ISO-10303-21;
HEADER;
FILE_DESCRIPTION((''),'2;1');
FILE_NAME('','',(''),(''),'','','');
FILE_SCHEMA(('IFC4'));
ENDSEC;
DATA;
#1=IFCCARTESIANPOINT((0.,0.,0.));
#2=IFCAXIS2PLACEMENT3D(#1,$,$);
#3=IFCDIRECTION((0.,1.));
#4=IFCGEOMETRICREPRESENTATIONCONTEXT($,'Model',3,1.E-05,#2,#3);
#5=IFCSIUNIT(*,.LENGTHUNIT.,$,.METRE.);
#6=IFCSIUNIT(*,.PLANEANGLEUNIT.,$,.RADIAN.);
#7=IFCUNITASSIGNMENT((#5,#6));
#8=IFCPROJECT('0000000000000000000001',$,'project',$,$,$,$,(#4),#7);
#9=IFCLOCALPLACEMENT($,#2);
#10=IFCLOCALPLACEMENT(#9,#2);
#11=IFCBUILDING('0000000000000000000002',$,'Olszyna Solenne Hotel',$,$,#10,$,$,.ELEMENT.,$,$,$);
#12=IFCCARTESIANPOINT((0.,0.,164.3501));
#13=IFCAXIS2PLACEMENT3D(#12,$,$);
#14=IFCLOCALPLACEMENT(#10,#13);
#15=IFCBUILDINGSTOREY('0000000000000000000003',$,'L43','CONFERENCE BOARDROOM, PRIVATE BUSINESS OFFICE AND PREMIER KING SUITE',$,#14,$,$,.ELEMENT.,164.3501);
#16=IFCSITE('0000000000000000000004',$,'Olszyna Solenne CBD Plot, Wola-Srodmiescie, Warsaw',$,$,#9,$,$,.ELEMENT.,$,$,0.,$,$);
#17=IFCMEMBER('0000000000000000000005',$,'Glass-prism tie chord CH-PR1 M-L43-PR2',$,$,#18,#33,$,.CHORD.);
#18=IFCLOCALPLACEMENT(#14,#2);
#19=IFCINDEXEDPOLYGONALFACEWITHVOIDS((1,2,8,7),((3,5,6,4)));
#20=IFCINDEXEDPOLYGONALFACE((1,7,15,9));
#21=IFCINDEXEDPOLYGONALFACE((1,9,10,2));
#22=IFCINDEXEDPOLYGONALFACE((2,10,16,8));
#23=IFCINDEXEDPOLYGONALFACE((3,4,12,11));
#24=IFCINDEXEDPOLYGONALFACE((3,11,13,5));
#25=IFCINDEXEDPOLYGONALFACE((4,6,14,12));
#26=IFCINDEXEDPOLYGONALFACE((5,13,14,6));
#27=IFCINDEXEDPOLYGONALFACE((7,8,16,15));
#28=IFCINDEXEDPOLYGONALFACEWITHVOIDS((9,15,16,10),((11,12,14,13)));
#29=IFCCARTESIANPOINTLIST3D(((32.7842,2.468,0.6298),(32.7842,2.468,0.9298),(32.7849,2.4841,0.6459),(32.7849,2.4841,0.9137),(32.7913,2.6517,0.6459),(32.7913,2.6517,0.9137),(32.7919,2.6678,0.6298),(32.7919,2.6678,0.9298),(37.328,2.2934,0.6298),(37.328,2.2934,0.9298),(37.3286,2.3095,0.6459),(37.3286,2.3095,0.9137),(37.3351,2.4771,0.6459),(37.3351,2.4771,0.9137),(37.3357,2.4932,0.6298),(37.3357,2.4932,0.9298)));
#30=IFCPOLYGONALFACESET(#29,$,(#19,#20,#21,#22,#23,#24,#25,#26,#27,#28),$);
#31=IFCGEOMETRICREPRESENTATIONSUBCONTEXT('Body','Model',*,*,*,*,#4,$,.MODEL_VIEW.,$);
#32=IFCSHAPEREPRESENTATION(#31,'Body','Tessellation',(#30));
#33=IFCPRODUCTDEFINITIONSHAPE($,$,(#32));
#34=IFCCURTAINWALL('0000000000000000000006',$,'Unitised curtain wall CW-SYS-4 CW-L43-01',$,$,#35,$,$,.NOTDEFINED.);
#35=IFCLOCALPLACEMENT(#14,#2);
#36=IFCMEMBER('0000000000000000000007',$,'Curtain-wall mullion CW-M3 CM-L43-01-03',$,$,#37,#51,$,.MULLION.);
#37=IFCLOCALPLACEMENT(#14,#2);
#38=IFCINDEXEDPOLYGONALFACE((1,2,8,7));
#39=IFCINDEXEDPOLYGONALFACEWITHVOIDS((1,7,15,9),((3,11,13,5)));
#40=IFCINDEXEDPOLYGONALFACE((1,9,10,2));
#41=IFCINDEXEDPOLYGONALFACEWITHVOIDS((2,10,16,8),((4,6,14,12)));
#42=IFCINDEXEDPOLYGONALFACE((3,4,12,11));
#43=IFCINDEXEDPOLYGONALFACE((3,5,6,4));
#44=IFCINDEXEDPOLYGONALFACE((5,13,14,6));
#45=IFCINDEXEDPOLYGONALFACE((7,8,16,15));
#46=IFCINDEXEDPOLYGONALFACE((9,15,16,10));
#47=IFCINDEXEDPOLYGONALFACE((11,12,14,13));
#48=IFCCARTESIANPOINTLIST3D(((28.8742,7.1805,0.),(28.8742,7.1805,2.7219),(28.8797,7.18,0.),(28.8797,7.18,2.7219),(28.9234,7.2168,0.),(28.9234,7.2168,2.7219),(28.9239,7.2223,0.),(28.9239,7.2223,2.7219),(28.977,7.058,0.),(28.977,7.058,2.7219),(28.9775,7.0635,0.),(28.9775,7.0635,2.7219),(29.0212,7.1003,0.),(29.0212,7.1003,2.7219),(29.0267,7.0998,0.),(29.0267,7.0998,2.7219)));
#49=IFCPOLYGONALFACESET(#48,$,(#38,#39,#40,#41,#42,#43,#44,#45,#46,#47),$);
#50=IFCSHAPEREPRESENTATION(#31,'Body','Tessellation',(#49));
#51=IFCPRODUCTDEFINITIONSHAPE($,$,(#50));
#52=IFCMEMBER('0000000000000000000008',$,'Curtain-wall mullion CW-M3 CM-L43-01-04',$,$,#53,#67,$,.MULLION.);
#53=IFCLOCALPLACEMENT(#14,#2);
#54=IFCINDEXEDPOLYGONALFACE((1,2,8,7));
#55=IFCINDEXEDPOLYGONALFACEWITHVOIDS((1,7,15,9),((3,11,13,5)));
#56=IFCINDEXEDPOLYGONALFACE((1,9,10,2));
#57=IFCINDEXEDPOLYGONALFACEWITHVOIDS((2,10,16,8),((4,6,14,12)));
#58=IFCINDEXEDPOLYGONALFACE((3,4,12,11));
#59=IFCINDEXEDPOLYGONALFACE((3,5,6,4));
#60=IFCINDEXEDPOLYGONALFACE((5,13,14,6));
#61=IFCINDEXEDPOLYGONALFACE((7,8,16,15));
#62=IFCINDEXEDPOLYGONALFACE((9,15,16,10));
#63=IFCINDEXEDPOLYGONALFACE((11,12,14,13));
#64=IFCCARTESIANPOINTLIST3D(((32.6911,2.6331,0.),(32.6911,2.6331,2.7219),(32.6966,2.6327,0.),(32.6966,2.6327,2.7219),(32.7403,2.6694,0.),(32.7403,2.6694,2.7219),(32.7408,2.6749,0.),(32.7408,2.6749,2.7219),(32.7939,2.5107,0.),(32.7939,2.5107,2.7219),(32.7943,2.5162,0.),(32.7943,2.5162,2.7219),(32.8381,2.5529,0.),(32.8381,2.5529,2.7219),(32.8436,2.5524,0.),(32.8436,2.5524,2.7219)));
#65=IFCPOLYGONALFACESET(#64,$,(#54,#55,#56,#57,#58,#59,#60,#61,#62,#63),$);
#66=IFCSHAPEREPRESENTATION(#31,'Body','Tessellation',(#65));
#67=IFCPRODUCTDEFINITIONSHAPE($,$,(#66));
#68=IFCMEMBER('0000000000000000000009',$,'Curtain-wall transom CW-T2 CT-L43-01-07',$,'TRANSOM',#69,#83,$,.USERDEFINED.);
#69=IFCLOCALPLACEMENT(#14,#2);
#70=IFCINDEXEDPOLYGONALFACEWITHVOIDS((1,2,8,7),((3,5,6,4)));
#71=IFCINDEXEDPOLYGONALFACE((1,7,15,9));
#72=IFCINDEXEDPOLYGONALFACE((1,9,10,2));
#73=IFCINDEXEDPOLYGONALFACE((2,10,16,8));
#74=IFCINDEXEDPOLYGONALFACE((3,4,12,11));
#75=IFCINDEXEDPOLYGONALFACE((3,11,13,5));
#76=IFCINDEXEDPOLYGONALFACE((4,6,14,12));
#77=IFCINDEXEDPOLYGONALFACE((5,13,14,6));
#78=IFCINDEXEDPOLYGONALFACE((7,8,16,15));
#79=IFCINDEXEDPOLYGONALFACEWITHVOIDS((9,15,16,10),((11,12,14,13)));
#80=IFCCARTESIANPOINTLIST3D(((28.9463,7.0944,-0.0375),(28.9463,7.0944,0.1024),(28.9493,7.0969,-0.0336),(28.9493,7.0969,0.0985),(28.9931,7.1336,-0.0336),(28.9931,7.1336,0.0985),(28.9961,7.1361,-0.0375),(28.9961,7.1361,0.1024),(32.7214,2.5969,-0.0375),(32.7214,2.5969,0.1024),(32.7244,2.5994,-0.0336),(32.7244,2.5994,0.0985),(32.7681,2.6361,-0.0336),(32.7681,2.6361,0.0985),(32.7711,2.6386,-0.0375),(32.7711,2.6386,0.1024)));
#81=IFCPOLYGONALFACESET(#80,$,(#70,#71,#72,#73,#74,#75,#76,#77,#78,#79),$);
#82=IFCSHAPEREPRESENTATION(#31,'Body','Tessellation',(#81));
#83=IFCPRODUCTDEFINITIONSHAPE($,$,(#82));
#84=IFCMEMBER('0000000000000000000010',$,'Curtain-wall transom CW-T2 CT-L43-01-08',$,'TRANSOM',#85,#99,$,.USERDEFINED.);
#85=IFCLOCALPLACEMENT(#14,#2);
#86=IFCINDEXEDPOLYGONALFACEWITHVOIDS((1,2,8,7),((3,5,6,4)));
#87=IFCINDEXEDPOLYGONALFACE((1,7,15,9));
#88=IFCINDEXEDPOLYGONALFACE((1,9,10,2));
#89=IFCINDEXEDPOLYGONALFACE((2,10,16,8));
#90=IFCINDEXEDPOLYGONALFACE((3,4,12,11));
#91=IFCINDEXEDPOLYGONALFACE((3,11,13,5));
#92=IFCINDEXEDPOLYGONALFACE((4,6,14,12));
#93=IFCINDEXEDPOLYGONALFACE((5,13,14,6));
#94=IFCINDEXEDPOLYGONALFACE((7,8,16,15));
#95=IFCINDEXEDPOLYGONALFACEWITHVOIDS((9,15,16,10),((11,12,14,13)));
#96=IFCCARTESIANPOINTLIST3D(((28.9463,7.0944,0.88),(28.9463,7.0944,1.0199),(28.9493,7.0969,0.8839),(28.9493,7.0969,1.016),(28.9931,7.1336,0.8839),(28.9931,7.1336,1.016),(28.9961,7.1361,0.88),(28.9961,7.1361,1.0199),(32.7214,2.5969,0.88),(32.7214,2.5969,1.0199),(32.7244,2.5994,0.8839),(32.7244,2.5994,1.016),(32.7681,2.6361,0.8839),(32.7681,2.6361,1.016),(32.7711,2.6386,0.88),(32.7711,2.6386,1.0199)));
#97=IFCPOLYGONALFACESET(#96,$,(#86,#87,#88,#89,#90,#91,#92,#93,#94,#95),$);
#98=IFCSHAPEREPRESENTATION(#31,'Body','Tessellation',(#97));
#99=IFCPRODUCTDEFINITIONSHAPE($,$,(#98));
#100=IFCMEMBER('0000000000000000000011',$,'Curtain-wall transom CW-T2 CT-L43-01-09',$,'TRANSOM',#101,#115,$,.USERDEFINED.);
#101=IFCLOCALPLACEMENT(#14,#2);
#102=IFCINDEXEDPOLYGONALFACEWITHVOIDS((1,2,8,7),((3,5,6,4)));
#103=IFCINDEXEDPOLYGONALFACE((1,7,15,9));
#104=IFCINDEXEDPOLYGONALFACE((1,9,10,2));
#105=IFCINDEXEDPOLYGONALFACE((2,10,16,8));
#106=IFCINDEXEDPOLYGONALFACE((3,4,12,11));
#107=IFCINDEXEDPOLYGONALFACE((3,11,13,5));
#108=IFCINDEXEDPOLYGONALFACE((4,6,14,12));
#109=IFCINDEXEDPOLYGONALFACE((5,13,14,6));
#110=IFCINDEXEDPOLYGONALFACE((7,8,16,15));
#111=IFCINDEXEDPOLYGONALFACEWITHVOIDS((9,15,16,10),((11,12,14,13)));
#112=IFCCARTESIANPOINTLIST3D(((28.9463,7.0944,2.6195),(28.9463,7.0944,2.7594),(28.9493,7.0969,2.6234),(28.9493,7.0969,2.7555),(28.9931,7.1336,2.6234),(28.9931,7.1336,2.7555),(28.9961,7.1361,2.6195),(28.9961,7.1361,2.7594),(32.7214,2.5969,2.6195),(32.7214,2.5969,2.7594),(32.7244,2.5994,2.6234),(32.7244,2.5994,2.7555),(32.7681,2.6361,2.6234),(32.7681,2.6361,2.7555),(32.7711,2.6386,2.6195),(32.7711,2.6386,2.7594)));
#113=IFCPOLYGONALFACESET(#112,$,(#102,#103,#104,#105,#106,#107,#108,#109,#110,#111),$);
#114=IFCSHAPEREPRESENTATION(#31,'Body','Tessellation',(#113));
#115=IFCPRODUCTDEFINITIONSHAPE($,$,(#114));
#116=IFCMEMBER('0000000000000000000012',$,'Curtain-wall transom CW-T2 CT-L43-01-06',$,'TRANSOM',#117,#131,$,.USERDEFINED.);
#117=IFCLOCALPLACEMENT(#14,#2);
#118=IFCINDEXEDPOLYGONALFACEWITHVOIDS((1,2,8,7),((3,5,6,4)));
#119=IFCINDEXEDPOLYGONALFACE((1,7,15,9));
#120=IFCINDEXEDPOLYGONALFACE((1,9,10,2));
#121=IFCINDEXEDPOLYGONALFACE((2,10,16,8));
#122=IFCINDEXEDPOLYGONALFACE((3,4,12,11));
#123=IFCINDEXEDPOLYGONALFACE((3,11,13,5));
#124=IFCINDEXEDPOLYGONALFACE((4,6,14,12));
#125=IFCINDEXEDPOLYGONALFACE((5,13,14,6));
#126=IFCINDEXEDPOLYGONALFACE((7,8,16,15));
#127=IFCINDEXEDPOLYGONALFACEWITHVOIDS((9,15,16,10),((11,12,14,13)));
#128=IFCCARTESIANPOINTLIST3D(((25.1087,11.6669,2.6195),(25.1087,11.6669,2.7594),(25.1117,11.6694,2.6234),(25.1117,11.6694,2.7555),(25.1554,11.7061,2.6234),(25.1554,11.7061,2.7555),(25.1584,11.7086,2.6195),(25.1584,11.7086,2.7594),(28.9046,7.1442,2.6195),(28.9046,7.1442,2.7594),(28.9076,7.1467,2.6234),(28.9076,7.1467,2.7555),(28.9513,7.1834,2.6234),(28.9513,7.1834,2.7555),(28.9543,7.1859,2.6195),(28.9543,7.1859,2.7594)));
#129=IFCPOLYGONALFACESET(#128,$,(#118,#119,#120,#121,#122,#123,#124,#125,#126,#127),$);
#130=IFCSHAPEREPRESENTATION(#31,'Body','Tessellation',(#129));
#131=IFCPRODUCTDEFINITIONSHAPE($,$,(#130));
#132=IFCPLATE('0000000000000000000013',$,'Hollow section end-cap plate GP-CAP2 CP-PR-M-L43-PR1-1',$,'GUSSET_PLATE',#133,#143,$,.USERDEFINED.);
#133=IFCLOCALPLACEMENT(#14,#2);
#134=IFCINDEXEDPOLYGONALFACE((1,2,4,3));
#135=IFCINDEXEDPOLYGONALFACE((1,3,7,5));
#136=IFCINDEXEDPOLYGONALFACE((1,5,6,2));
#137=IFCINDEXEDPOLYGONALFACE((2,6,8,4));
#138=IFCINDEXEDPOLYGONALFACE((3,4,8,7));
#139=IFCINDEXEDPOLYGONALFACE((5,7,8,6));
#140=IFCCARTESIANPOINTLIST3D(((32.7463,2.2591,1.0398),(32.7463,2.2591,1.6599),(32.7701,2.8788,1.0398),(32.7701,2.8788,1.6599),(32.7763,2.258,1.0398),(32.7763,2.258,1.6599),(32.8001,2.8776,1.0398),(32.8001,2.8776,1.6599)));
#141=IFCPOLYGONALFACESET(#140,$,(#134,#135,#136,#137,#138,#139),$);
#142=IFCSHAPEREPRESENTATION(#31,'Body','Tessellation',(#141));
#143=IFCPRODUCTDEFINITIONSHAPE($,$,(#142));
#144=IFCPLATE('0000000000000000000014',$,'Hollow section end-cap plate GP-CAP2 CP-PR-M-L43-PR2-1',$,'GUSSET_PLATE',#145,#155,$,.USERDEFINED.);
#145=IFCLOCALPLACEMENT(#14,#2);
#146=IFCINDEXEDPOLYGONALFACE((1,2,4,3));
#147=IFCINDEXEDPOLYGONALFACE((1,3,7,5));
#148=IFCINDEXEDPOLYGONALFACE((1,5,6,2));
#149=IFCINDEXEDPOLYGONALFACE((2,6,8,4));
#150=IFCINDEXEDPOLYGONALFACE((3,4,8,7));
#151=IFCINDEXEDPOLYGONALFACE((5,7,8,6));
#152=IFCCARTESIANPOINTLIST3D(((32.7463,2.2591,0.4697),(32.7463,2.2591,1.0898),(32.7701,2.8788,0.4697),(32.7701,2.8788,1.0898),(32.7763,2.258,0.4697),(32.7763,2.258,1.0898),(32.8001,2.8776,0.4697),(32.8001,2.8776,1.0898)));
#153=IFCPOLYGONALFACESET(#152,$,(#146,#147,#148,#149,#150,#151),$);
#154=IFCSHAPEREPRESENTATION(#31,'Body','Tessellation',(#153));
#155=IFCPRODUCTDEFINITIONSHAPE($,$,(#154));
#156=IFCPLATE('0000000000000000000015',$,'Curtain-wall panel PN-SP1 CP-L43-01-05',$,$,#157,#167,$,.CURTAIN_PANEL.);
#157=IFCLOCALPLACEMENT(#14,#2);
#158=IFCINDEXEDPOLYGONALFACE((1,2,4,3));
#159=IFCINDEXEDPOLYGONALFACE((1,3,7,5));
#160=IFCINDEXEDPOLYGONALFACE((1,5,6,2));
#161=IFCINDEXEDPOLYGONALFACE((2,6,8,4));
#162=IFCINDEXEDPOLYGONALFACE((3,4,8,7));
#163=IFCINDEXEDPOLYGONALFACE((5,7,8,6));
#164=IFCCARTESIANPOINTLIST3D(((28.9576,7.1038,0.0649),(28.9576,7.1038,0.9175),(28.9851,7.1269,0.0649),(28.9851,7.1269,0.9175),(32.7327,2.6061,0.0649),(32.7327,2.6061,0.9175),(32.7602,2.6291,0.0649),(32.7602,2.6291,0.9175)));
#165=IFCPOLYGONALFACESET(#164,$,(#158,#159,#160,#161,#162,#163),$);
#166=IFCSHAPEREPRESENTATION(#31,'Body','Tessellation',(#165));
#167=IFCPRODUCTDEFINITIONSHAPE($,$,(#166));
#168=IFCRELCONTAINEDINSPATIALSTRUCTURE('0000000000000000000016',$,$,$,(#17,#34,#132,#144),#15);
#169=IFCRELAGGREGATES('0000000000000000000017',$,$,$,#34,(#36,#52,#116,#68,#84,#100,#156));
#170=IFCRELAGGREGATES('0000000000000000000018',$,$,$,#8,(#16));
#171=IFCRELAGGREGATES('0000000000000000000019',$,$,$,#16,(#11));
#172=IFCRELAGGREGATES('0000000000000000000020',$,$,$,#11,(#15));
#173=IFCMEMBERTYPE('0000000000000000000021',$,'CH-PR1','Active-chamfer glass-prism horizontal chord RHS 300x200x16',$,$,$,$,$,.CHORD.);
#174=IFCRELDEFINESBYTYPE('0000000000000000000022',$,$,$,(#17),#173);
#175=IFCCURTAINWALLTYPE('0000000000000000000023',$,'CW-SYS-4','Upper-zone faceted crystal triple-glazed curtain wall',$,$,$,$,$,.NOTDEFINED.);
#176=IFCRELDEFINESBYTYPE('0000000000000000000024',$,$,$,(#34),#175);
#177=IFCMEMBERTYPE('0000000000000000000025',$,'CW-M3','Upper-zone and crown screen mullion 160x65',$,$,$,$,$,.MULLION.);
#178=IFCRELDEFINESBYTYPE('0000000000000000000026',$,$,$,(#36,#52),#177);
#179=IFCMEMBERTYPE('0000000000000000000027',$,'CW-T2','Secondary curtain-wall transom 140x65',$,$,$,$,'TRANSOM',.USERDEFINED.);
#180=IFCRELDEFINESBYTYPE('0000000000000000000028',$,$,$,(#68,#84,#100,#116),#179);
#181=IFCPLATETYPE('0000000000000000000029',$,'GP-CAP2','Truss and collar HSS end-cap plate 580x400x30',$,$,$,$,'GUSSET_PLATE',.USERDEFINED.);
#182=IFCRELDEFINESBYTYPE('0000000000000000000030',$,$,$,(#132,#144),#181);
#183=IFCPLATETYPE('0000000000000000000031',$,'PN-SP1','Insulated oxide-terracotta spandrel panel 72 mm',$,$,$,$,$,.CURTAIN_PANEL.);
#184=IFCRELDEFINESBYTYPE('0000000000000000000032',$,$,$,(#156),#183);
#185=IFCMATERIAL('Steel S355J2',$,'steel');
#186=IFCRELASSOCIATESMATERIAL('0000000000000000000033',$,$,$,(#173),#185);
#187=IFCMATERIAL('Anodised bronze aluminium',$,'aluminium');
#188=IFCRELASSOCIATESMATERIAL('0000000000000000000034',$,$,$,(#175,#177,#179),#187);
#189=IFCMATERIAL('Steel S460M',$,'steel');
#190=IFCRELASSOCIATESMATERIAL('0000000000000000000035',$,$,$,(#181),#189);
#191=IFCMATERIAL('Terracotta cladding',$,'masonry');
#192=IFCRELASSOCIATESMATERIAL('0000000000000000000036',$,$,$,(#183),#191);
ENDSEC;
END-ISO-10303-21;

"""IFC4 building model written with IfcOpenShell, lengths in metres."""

from ifc_helpers import new_model, si_unit, direction, frame, origin, origin_2d, place, context, subcontext, project, spatial, rectangle, hollow_rectangle, extrude, source, transform, mapped, material, material_profile, profile_set, type_object, element, aggregate, save


model = new_model("IFC4")

# Units and contexts
model_context = context("Model", 3, precision=1e-05, world=origin(), true_north=direction((0.0, 1.0)))
body_context = subcontext(model_context, "Body", "Model", "MODEL_VIEW")
ifc_project = project(units=[si_unit("LENGTHUNIT", "METRE"), si_unit("PLANEANGLEUNIT", "RADIAN")], contexts=[model_context])

# Site, building, storey
site_placement = place(None, origin())
site = spatial("IfcSite", under=ifc_project, at=site_placement, Name="Olszyna Solenne CBD Plot, Wola-Srodmiescie, Warsaw", CompositionType="ELEMENT", RefElevation=0.0)
building_placement = place(site_placement, origin())
building = spatial("IfcBuilding", under=site, at=building_placement, Name="Olszyna Solenne Hotel", CompositionType="ELEMENT")
storey_placement = place(building_placement, frame((0.0, 0.0, 164.3501)))
storey = spatial("IfcBuildingStorey", under=building, at=storey_placement, Name="L43", Description="CONFERENCE BOARDROOM, PRIVATE BUSINESS OFFICE AND PREMIER KING SUITE", CompositionType="ELEMENT", Elevation=164.3501)

# Shared definitions
ifc_material_1 = material(Name="Steel S460M", Category="steel")

# Shared definitions
ifc_material_2 = material(Name="Steel S355J2", Category="steel")

# Member
ifc_material_profile_1 = material_profile(ifc_material_2, hollow_rectangle(XDim=0.2, YDim=0.3, WallThickness=0.0161, at=origin_2d()), Name="RHS 300x200x16", Category="load-bearing")
ifc_profile_set_1 = profile_set([ifc_material_profile_1], Name="Steel S355J2")
member_type_1 = type_object("IfcMemberType", Name="CH-PR1", Description="Active-chamfer glass-prism horizontal chord RHS 300x200x16", PredefinedType="CHORD", material=ifc_profile_set_1)
shared_shape_1 = source(origin(), body_context, "Body", "SweptSolid", [
    extrude(hollow_rectangle(XDim=0.2, YDim=0.3, WallThickness=0.0161, at=origin_2d()), origin(), (0.0, 0.0, 1.0), 4.5471),
])
for number, where, z_axis, x_axis, name in (
    (1, (32.7881, 2.5679, 0.7798), (0.999263, -0.03839, 0.0), (0.03839, 0.999263, 0.0), "Glass-prism tie chord CH-PR1 M-L43-PR2"),
):
    element("IfcMember", number, at=place(storey_placement, frame(where, z_axis=z_axis, x_axis=x_axis)), inside=storey, type_object=member_type_1, Name=name, PredefinedType="CHORD", context=body_context, shape_type="MappedRepresentation", body=[
        mapped(shared_shape_1, transform((0.0, 0.0, 0.0), x_axis=(1.0, 0.0, 0.0), y_axis=(0.0, 1.0, 0.0), z_axis=(0.0, 0.0, 1.0), scale=1.0)),
    ])

# Curtain wall, members
ifc_material_3 = material(Name="Anodised bronze aluminium", Category="aluminium")
curtain_wall_type = type_object("IfcCurtainWallType", Name="CW-SYS-4", Description="Upper-zone faceted crystal triple-glazed curtain wall", PredefinedType="NOTDEFINED", material=ifc_material_3)
curtain_wall_placement = place(storey_placement, origin())
curtain_wall = element("IfcCurtainWall", 2, at=curtain_wall_placement, inside=storey, type_object=curtain_wall_type, Name="Unitised curtain wall CW-SYS-4 CW-L43-01", PredefinedType="NOTDEFINED")
ifc_material_profile_2 = material_profile(ifc_material_3, hollow_rectangle(XDim=0.0649, YDim=0.1599, WallThickness=0.0039, at=origin_2d()), Name="MULL 160x65x4", Category="load-bearing")
ifc_profile_set_2 = profile_set([ifc_material_profile_2], Name="Anodised bronze aluminium")
member_type_2 = type_object("IfcMemberType", Name="CW-M3", Description="Upper-zone and crown screen mullion 160x65", PredefinedType="MULLION", material=ifc_profile_set_2)
shared_shape_2 = source(origin(), body_context, "Body", "SweptSolid", [
    extrude(hollow_rectangle(XDim=0.0649, YDim=0.1599, WallThickness=0.0039, at=origin_2d()), origin(), (0.0, 0.0, 1.0), 2.7219),
])
member_1_placement = place(storey_placement, frame((28.9504, 7.1401, 0.0), z_axis=(0.0, 0.0, 1.0), x_axis=(0.765951, 0.642899, 0.0)))
member_1 = element("IfcMember", 3, at=member_1_placement, type_object=member_type_2, Name="Curtain-wall mullion CW-M3 CM-L43-01-03", PredefinedType="MULLION", context=body_context, shape_type="MappedRepresentation", body=[
    mapped(shared_shape_2, transform((0.0, 0.0, 0.0), x_axis=(1.0, 0.0, 0.0), y_axis=(0.0, 1.0, 0.0), z_axis=(0.0, 0.0, 1.0), scale=1.0)),
])
member_2_placement = place(storey_placement, frame((32.7673, 2.5928, 0.0), z_axis=(0.0, 0.0, 1.0), x_axis=(0.765951, 0.642899, 0.0)))
member_2 = element("IfcMember", 4, at=member_2_placement, type_object=member_type_2, Name="Curtain-wall mullion CW-M3 CM-L43-01-04", PredefinedType="MULLION", context=body_context, shape_type="MappedRepresentation", body=[
    mapped(shared_shape_2, transform((0.0, 0.0, 0.0), x_axis=(1.0, 0.0, 0.0), y_axis=(0.0, 1.0, 0.0), z_axis=(0.0, 0.0, 1.0), scale=1.0)),
])
ifc_material_profile_3 = material_profile(ifc_material_3, hollow_rectangle(XDim=0.0649, YDim=0.1399, WallThickness=0.0039, at=origin_2d()), Name="TRAN 140x65x4", Category="load-bearing")
ifc_profile_set_3 = profile_set([ifc_material_profile_3], Name="Anodised bronze aluminium")
member_type_3 = type_object("IfcMemberType", Name="CW-T2", Description="Secondary curtain-wall transom 140x65", ElementType="TRANSOM", PredefinedType="USERDEFINED", material=ifc_profile_set_3)
shared_shape_3 = source(origin(), body_context, "Body", "SweptSolid", [
    extrude(hollow_rectangle(XDim=0.0649, YDim=0.1399, WallThickness=0.0039, at=origin_2d()), origin(), (0.0, 0.0, 1.0), 5.8718),
])
member_3_placement = place(storey_placement, frame((28.9712, 7.1152, 0.0325), z_axis=(0.642912, -0.76594, 0.0), x_axis=(0.76594, 0.642912, 0.0)))
member_3 = element("IfcMember", 5, at=member_3_placement, type_object=member_type_3, Name="Curtain-wall transom CW-T2 CT-L43-01-07", ObjectType="TRANSOM", PredefinedType="USERDEFINED", context=body_context, shape_type="MappedRepresentation", body=[
    mapped(shared_shape_3, transform((0.0, 0.0, 0.0), x_axis=(1.0, 0.0, 0.0), y_axis=(0.0, 1.0, 0.0), z_axis=(0.0, 0.0, 1.0), scale=1.0)),
])
member_4_placement = place(storey_placement, frame((28.9712, 7.1152, 0.95), z_axis=(0.642912, -0.76594, 0.0), x_axis=(0.76594, 0.642912, 0.0)))
member_4 = element("IfcMember", 6, at=member_4_placement, type_object=member_type_3, Name="Curtain-wall transom CW-T2 CT-L43-01-08", ObjectType="TRANSOM", PredefinedType="USERDEFINED", context=body_context, shape_type="MappedRepresentation", body=[
    mapped(shared_shape_3, transform((0.0, 0.0, 0.0), x_axis=(1.0, 0.0, 0.0), y_axis=(0.0, 1.0, 0.0), z_axis=(0.0, 0.0, 1.0), scale=1.0)),
])
member_5_placement = place(storey_placement, frame((28.9712, 7.1152, 2.6895), z_axis=(0.642912, -0.76594, 0.0), x_axis=(0.76594, 0.642912, 0.0)))
member_5 = element("IfcMember", 7, at=member_5_placement, type_object=member_type_3, Name="Curtain-wall transom CW-T2 CT-L43-01-09", ObjectType="TRANSOM", PredefinedType="USERDEFINED", context=body_context, shape_type="MappedRepresentation", body=[
    mapped(shared_shape_3, transform((0.0, 0.0, 0.0), x_axis=(1.0, 0.0, 0.0), y_axis=(0.0, 1.0, 0.0), z_axis=(0.0, 0.0, 1.0), scale=1.0)),
])
shared_shape_4 = source(origin(), body_context, "Body", "SweptSolid", [
    extrude(hollow_rectangle(XDim=0.0649, YDim=0.1399, WallThickness=0.0039, at=origin_2d()), origin(), (0.0, 0.0, 1.0), 5.9045),
])
member_6_placement = place(storey_placement, frame((25.1335, 11.6877, 2.6895), z_axis=(0.642877, -0.76597, 0.0), x_axis=(0.76597, 0.642877, 0.0)))
member_6 = element("IfcMember", 8, at=member_6_placement, type_object=member_type_3, Name="Curtain-wall transom CW-T2 CT-L43-01-06", ObjectType="TRANSOM", PredefinedType="USERDEFINED", context=body_context, shape_type="MappedRepresentation", body=[
    mapped(shared_shape_4, transform((0.0, 0.0, 0.0), x_axis=(1.0, 0.0, 0.0), y_axis=(0.0, 1.0, 0.0), z_axis=(0.0, 0.0, 1.0), scale=1.0)),
])

# Plates
plate_type_1 = type_object("IfcPlateType", Name="GP-CAP2", Description="Truss and collar HSS end-cap plate 580x400x30", ElementType="GUSSET_PLATE", PredefinedType="USERDEFINED", material=ifc_material_1)
shared_shape_5 = source(origin(), body_context, "Body", "SweptSolid", [
    extrude(rectangle(XDim=0.03, YDim=0.6201, at=origin_2d()), origin(), (0.0, 0.0, 1.0), 0.6201),
])
for number, where, z_axis, x_axis, name in (
    (9, (32.7732, 2.5684, 1.0398), (0.0, 0.0, 1.0), (0.999263, -0.038388, 0.0), "Hollow section end-cap plate GP-CAP2 CP-PR-M-L43-PR1-1"),
    (10, (32.7732, 2.5684, 0.4697), (0.0, 0.0, 1.0), (0.999263, -0.038388, 0.0), "Hollow section end-cap plate GP-CAP2 CP-PR-M-L43-PR2-1"),
):
    element("IfcPlate", number, at=place(storey_placement, frame(where, z_axis=z_axis, x_axis=x_axis)), inside=storey, type_object=plate_type_1, Name=name, ObjectType="GUSSET_PLATE", PredefinedType="USERDEFINED", context=body_context, shape_type="MappedRepresentation", body=[
        mapped(shared_shape_5, transform((0.0, 0.0, 0.0), x_axis=(1.0, 0.0, 0.0), y_axis=(0.0, 1.0, 0.0), z_axis=(0.0, 0.0, 1.0), scale=1.0)),
    ])

# Plate
ifc_material_4 = material(Name="Terracotta cladding", Category="masonry")
plate_type_2 = type_object("IfcPlateType", Name="PN-SP1", Description="Insulated oxide-terracotta spandrel panel 72 mm", PredefinedType="CURTAIN_PANEL", material=ifc_material_4)
shared_shape_6 = source(origin(), body_context, "Body", "SweptSolid", [
    extrude(rectangle(XDim=5.8721, YDim=0.0359, at=origin_2d()), origin(), (0.0, 0.0, 1.0), 0.8525),
])
plate_1_placement = place(storey_placement, frame((30.8589, 4.8665, 0.0649), z_axis=(0.0, 0.0, 1.0), x_axis=(0.642899, -0.765951, 0.0)))
plate_1 = element("IfcPlate", 11, at=plate_1_placement, type_object=plate_type_2, Name="Curtain-wall panel PN-SP1 CP-L43-01-05", PredefinedType="CURTAIN_PANEL", context=body_context, shape_type="MappedRepresentation", body=[
    mapped(shared_shape_6, transform((0.0, 0.0, 0.0), x_axis=(1.0, 0.0, 0.0), y_axis=(0.0, 1.0, 0.0), z_axis=(0.0, 0.0, 1.0), scale=1.0)),
])
aggregate(curtain_wall, [member_1, member_2, member_6, member_3, member_4, member_5, plate_1])

save(model, "model.ifc")
